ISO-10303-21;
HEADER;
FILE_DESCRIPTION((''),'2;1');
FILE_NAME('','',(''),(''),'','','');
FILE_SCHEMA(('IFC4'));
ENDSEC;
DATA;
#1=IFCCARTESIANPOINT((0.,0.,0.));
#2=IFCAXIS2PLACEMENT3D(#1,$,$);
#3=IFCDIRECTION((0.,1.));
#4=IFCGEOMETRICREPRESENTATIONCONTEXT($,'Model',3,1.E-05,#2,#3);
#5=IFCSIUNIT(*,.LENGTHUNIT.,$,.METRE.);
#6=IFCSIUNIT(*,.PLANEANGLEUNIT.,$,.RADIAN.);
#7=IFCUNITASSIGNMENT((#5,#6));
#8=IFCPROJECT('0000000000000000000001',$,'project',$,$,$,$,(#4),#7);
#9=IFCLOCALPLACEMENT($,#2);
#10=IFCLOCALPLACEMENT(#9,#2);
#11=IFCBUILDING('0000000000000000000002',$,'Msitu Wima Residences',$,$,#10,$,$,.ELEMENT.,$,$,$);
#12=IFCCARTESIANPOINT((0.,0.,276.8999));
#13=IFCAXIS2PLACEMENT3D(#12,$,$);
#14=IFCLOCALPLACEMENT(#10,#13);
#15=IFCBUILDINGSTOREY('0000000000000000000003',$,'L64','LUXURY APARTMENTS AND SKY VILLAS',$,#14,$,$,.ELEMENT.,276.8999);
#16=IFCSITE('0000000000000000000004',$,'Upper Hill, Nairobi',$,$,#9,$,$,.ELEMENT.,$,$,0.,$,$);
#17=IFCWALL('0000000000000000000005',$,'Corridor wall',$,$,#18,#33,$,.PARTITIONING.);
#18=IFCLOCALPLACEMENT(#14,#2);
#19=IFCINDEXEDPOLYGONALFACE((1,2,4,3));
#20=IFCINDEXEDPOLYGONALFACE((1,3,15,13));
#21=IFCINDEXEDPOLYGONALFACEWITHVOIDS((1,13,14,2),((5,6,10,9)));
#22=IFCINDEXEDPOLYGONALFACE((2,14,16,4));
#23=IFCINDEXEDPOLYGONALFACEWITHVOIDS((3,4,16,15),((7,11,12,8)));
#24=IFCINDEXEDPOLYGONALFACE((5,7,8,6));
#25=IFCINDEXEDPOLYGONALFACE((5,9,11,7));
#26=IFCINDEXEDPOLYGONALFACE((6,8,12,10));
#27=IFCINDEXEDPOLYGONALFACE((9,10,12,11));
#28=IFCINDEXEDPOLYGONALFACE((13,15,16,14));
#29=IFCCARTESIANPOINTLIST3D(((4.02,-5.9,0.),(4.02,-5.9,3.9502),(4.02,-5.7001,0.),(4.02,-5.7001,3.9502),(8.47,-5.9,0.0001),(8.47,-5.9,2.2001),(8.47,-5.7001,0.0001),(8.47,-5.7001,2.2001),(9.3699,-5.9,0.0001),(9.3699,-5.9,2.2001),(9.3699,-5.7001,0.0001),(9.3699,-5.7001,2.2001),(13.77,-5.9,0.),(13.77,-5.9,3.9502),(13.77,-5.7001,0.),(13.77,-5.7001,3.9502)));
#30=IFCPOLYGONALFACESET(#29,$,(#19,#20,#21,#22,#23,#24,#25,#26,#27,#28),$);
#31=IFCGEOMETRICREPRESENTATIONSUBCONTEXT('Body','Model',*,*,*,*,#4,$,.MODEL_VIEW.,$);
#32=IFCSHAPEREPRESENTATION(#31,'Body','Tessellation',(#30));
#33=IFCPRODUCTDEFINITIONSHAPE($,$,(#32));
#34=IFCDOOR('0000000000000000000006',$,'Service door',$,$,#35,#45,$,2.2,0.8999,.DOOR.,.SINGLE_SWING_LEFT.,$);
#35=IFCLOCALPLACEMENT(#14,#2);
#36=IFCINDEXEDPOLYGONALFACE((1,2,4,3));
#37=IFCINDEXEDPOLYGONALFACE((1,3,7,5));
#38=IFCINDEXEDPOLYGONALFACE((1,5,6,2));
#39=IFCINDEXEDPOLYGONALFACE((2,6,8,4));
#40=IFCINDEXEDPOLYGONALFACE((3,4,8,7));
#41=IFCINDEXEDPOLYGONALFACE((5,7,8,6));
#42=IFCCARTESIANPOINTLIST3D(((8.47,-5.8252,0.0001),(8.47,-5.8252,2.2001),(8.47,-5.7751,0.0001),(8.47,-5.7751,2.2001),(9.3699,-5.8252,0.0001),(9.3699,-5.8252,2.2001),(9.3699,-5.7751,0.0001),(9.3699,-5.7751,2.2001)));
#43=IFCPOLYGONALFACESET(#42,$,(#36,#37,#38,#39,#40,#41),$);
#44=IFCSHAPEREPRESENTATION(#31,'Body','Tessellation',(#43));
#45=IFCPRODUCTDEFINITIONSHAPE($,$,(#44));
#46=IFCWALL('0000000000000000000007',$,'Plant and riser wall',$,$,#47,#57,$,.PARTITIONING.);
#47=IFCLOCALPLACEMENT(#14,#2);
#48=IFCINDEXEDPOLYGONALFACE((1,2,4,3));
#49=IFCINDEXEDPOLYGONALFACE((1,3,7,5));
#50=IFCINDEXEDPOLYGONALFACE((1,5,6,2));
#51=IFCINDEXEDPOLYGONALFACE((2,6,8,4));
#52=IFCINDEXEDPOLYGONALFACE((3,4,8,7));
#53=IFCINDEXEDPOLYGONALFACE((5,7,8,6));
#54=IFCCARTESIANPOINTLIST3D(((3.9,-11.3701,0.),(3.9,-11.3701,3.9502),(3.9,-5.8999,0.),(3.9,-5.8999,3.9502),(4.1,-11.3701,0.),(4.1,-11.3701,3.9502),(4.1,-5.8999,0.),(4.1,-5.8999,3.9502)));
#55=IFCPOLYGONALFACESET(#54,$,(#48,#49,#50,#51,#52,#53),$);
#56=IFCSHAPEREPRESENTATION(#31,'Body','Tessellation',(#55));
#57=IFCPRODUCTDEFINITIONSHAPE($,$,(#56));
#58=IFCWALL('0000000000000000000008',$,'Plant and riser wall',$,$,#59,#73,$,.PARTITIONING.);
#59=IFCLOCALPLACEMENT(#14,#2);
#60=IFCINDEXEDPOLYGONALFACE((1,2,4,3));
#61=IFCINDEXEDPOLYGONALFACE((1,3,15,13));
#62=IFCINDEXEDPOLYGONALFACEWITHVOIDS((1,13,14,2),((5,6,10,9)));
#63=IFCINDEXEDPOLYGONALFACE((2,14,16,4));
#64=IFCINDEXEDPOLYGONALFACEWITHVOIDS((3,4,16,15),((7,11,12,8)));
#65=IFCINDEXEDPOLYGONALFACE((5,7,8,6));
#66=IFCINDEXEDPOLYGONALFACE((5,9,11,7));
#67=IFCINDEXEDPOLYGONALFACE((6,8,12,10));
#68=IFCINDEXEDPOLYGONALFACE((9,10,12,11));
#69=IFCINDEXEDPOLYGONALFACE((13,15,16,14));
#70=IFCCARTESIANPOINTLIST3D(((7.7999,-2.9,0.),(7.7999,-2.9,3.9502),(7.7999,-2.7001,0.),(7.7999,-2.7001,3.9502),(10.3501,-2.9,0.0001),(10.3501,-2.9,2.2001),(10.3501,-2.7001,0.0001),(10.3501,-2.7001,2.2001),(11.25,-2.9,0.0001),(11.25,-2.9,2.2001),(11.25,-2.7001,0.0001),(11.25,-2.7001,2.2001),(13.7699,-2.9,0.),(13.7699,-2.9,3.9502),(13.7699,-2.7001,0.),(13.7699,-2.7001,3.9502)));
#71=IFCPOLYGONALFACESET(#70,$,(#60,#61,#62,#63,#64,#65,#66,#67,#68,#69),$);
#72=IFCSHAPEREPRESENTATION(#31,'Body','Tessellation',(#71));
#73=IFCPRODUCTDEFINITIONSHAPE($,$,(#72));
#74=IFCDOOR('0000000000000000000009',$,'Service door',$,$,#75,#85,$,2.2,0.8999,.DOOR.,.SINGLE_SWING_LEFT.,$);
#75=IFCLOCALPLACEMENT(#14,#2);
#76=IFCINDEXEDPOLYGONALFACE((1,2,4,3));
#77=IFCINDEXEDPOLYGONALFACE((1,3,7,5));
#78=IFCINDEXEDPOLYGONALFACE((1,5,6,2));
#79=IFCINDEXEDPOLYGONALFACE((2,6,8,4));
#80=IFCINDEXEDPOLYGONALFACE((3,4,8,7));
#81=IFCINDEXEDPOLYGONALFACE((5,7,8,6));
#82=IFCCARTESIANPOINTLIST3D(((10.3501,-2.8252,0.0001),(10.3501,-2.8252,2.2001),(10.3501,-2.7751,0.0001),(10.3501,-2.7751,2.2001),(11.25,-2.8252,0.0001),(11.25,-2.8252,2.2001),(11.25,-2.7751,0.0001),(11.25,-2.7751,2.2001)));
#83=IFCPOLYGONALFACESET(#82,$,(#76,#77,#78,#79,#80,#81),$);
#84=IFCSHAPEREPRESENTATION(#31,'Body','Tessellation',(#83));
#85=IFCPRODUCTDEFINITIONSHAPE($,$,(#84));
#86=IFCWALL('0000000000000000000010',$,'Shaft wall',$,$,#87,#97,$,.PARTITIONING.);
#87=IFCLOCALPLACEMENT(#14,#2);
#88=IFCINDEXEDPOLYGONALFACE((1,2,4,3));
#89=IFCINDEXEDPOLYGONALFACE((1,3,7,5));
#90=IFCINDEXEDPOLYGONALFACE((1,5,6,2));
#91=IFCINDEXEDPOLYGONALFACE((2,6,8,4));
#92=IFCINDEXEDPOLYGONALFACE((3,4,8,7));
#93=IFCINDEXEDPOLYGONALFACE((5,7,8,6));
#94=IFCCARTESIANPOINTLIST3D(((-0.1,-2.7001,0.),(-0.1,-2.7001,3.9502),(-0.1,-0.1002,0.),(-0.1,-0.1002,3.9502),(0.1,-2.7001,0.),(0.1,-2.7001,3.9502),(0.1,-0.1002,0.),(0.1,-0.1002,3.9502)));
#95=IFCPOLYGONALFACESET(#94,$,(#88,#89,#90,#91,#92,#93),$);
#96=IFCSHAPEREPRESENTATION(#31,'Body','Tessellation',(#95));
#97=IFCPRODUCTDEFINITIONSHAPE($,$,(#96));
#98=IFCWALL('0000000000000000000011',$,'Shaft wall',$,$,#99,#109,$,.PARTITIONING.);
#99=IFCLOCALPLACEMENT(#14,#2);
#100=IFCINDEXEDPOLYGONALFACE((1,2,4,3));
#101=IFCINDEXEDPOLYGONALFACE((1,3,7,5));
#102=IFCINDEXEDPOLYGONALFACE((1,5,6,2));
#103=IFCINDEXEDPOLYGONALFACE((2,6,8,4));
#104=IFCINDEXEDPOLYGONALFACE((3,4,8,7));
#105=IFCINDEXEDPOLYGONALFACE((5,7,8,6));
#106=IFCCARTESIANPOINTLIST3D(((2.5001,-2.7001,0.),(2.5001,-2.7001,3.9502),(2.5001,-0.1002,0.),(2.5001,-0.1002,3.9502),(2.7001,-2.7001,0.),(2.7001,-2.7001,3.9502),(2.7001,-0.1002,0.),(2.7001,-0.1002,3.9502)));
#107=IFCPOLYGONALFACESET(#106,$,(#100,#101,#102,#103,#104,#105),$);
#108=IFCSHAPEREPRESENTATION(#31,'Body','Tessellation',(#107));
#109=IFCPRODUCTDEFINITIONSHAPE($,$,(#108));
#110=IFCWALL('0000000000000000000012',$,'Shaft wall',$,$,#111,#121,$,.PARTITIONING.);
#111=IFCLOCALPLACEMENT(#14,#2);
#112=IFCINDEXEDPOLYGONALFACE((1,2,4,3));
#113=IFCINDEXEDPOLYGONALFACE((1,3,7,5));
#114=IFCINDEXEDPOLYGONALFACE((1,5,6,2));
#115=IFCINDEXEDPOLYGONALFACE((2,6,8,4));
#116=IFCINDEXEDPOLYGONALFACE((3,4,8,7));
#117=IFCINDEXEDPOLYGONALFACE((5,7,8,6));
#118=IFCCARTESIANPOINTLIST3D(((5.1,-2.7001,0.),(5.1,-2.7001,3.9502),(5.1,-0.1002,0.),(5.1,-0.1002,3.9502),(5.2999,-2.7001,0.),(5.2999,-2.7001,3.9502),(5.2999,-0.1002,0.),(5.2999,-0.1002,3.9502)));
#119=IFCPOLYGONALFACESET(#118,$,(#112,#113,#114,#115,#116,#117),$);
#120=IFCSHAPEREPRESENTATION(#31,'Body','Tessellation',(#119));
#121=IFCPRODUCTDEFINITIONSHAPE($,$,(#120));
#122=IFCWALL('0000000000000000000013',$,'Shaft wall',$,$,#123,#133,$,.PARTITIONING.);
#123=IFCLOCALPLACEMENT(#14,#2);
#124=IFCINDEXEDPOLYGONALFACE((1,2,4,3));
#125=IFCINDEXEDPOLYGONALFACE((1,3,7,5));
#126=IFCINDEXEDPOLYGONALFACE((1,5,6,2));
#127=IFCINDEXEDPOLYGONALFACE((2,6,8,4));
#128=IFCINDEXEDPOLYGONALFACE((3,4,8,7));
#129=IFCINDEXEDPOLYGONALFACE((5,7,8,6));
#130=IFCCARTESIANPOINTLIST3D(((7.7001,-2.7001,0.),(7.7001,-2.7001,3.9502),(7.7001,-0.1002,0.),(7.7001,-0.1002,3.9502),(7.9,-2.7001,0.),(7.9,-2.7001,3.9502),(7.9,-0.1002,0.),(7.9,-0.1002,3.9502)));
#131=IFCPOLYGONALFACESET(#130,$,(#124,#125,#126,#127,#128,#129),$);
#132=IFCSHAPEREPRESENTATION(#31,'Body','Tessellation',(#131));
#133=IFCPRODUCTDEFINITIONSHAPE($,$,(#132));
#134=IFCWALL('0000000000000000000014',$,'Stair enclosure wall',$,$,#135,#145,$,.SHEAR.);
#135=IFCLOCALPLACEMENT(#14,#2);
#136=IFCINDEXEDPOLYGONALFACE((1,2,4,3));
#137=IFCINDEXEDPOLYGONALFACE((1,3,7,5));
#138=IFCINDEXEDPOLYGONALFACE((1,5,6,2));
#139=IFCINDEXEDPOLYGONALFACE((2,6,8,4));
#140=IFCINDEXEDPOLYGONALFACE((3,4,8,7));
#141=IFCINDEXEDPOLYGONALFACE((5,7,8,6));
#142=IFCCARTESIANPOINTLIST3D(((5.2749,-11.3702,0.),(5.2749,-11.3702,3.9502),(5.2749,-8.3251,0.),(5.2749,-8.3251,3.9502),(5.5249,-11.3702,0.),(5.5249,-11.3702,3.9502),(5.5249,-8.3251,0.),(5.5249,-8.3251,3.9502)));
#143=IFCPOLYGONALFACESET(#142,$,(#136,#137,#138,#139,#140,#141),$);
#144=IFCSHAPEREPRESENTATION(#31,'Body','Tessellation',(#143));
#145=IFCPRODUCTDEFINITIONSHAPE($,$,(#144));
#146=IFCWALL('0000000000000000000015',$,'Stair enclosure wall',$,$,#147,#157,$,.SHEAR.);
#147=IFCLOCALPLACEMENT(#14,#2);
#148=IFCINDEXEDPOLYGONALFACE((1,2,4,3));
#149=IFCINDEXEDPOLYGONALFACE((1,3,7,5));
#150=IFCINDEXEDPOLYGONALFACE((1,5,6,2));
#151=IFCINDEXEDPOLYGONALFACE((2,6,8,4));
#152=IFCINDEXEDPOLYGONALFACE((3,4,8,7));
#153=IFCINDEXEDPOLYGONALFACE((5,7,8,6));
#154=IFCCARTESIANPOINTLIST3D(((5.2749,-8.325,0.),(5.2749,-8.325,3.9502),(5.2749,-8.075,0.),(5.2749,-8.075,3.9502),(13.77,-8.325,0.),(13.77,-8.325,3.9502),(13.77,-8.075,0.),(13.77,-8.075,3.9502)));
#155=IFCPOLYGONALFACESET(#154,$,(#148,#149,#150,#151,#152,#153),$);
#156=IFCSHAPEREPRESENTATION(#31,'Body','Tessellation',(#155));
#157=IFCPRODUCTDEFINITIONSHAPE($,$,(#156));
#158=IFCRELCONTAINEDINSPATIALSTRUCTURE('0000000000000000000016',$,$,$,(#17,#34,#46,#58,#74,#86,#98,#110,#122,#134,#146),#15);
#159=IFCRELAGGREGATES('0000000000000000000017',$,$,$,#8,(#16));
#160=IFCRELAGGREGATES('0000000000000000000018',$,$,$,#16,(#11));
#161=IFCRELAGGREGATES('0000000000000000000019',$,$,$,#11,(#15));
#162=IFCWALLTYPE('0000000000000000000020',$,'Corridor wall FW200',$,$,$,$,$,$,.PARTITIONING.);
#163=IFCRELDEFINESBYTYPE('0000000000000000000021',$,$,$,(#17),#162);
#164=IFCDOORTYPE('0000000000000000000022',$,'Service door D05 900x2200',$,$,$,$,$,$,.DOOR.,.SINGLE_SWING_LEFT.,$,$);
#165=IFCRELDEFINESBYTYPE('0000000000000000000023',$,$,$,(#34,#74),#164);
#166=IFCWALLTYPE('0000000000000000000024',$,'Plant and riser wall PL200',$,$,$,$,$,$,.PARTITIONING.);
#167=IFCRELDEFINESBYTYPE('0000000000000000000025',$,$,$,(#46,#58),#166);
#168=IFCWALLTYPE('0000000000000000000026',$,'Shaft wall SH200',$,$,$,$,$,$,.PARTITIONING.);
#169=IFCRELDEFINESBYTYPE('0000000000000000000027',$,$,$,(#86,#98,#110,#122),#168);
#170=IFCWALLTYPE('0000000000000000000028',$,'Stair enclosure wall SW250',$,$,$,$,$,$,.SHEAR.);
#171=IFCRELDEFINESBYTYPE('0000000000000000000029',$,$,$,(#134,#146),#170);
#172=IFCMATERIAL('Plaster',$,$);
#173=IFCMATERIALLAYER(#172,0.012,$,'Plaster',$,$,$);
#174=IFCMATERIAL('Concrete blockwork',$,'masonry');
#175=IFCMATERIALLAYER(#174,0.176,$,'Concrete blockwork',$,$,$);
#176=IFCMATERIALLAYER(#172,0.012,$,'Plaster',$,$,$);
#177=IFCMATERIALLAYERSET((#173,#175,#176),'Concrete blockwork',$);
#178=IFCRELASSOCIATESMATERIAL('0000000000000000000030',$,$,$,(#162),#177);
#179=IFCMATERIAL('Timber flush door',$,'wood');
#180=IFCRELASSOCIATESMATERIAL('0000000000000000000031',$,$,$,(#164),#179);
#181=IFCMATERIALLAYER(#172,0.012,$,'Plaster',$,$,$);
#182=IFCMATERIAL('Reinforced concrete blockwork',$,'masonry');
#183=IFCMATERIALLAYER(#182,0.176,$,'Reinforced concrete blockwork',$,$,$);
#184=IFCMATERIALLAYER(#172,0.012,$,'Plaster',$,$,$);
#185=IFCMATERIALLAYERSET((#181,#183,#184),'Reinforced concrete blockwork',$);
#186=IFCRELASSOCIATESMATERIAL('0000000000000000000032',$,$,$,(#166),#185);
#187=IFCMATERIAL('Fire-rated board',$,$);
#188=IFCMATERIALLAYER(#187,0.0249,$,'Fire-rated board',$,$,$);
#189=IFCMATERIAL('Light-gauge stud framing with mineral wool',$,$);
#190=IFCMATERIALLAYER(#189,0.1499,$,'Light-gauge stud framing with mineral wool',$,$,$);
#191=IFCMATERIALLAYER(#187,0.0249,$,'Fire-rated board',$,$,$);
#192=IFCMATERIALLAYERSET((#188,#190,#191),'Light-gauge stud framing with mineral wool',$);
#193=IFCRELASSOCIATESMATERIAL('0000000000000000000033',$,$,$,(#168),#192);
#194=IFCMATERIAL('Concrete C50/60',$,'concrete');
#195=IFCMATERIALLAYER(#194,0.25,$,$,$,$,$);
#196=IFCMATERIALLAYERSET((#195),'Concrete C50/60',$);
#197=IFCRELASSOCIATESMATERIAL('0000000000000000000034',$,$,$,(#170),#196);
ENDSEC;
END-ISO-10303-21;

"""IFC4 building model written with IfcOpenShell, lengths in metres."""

from ifc_helpers import new_model, si_unit, direction, frame, frame_2d, origin, place, context, subcontext, project, spatial, rectangle, extrude, material, layer, layer_set, type_object, element, fill, save


model = new_model("IFC4")

# Units and contexts
model_context = context("Model", 3, precision=1e-05, world=origin(), true_north=direction((0.0, 1.0)))
body_context = subcontext(model_context, "Body", "Model", "MODEL_VIEW")
ifc_project = project(units=[si_unit("LENGTHUNIT", "METRE"), si_unit("PLANEANGLEUNIT", "RADIAN")], contexts=[model_context])

# Site, building, storey
site_placement = place(None, origin())
site = spatial("IfcSite", under=ifc_project, at=site_placement, Name="Upper Hill, Nairobi", CompositionType="ELEMENT", RefElevation=0.0)
building_placement = place(site_placement, origin())
building = spatial("IfcBuilding", under=site, at=building_placement, Name="Msitu Wima Residences", CompositionType="ELEMENT")
storey_placement = place(building_placement, frame((0.0, 0.0, 276.8999)))
storey = spatial("IfcBuildingStorey", under=building, at=storey_placement, Name="L64", Description="LUXURY APARTMENTS AND SKY VILLAS", CompositionType="ELEMENT", Elevation=276.8999)

# Wall, opening, door
ifc_material_1 = material(Name="Plaster")
ifc_layer_1 = layer(ifc_material_1, 0.012, Name="Plaster")
ifc_material_2 = material(Name="Concrete blockwork", Category="masonry")
ifc_layer_2 = layer(ifc_material_2, 0.176, Name="Concrete blockwork")
ifc_layer_3 = layer(ifc_material_1, 0.012, Name="Plaster")
ifc_layer_set_1 = layer_set([ifc_layer_1, ifc_layer_2, ifc_layer_3], Name="Concrete blockwork")
wall_type_1 = type_object("IfcWallType", Name="Corridor wall FW200", PredefinedType="PARTITIONING", material=ifc_layer_set_1)
wall_1_placement = place(storey_placement, frame((4.02, -5.8, 0.0), z_axis=(0.0, 0.0, 1.0), x_axis=(1.0, 0.0, 0.0)))
wall_1 = element("IfcWall", 1, at=wall_1_placement, inside=storey, type_object=wall_type_1, Name="Corridor wall", PredefinedType="PARTITIONING", context=body_context, shape_type="SweptSolid", body=[
    extrude(rectangle(XDim=9.75, YDim=0.2, at=frame_2d((4.875, 0.0))), origin(), (0.0, 0.0, 1.0), 3.9502),
])
opening_1_placement = place(wall_1_placement, frame((4.45, 0.0, 0.0)))
opening_1 = element("IfcOpeningElement", 2, at=opening_1_placement, cuts=wall_1, PredefinedType="OPENING", context=body_context, shape_type="SweptSolid", body=[
    extrude(rectangle(XDim=0.8999, YDim=2.2, at=frame_2d((0.45, 1.1001))), frame((0.0, 0.1099, 0.0), z_axis=(0.0, -1.0, 0.0), x_axis=(1.0, 0.0, 0.0)), (0.0, 0.0, 1.0), 0.22),
])
ifc_material_3 = material(Name="Timber flush door", Category="wood")
door_type = type_object("IfcDoorType", Name="Service door D05 900x2200", OperationType="SINGLE_SWING_LEFT", PredefinedType="DOOR", material=ifc_material_3)
door_1_placement = place(opening_1_placement, origin())
door_1 = element("IfcDoor", 3, at=door_1_placement, inside=storey, type_object=door_type, Name="Service door", OperationType="SINGLE_SWING_LEFT", OverallHeight=2.2, OverallWidth=0.8999, PredefinedType="DOOR", context=body_context, shape_type="SweptSolid", body=[
    extrude(rectangle(XDim=0.8999, YDim=2.2, at=frame_2d((0.45, 1.1001))), frame((0.0, 0.0249, 0.0), z_axis=(0.0, -1.0, 0.0), x_axis=(1.0, 0.0, 0.0)), (0.0, 0.0, 1.0), 0.05),
])
fill(opening_1, door_1)

# Wall
ifc_layer_4 = layer(ifc_material_1, 0.012, Name="Plaster")
ifc_material_4 = material(Name="Reinforced concrete blockwork", Category="masonry")
ifc_layer_5 = layer(ifc_material_4, 0.176, Name="Reinforced concrete blockwork")
ifc_layer_6 = layer(ifc_material_1, 0.012, Name="Plaster")
ifc_layer_set_2 = layer_set([ifc_layer_4, ifc_layer_5, ifc_layer_6], Name="Reinforced concrete blockwork")
wall_type_2 = type_object("IfcWallType", Name="Plant and riser wall PL200", PredefinedType="PARTITIONING", material=ifc_layer_set_2)
wall_2_placement = place(storey_placement, frame((4.0, -11.3701, 0.0), z_axis=(0.0, 0.0, 1.0), x_axis=(0.0, 1.0, 0.0)))
element("IfcWall", 4, at=wall_2_placement, inside=storey, type_object=wall_type_2, Name="Plant and riser wall", PredefinedType="PARTITIONING", context=body_context, shape_type="SweptSolid", body=[
    extrude(rectangle(XDim=5.4702, YDim=0.2, at=frame_2d((2.7351, 0.0))), origin(), (0.0, 0.0, 1.0), 3.9502),
])

# Wall, opening, door
wall_3_placement = place(storey_placement, frame((7.8, -2.8, 0.0), z_axis=(0.0, 0.0, 1.0), x_axis=(1.0, 0.0, 0.0)))
wall_3 = element("IfcWall", 5, at=wall_3_placement, inside=storey, type_object=wall_type_2, Name="Plant and riser wall", PredefinedType="PARTITIONING", context=body_context, shape_type="SweptSolid", body=[
    extrude(rectangle(XDim=5.97, YDim=0.2, at=frame_2d((2.9849, 0.0))), origin(), (0.0, 0.0, 1.0), 3.9502),
])
opening_2_placement = place(wall_3_placement, frame((2.55, 0.0, 0.0)))
opening_2 = element("IfcOpeningElement", 6, at=opening_2_placement, cuts=wall_3, PredefinedType="OPENING", context=body_context, shape_type="SweptSolid", body=[
    extrude(rectangle(XDim=0.8999, YDim=2.2, at=frame_2d((0.45, 1.1001))), frame((0.0, 0.1099, 0.0), z_axis=(0.0, -1.0, 0.0), x_axis=(1.0, 0.0, 0.0)), (0.0, 0.0, 1.0), 0.22),
])
door_2_placement = place(opening_2_placement, origin())
door_2 = element("IfcDoor", 7, at=door_2_placement, inside=storey, type_object=door_type, Name="Service door", OperationType="SINGLE_SWING_LEFT", OverallHeight=2.2, OverallWidth=0.8999, PredefinedType="DOOR", context=body_context, shape_type="SweptSolid", body=[
    extrude(rectangle(XDim=0.8999, YDim=2.2, at=frame_2d((0.45, 1.1001))), frame((0.0, 0.0249, 0.0), z_axis=(0.0, -1.0, 0.0), x_axis=(1.0, 0.0, 0.0)), (0.0, 0.0, 1.0), 0.05),
])
fill(opening_2, door_2)

# Walls
ifc_material_5 = material(Name="Fire-rated board")
ifc_layer_7 = layer(ifc_material_5, 0.0249, Name="Fire-rated board")
ifc_material_6 = material(Name="Light-gauge stud framing with mineral wool")
ifc_layer_8 = layer(ifc_material_6, 0.1499, Name="Light-gauge stud framing with mineral wool")
ifc_layer_9 = layer(ifc_material_5, 0.0249, Name="Fire-rated board")
ifc_layer_set_3 = layer_set([ifc_layer_7, ifc_layer_8, ifc_layer_9], Name="Light-gauge stud framing with mineral wool")
wall_type_3 = type_object("IfcWallType", Name="Shaft wall SH200", PredefinedType="PARTITIONING", material=ifc_layer_set_3)
for number, where, z_axis, x_axis, name in (
    (8, (0.0, -2.7, 0.0), (0.0, 0.0, 1.0), (0.0, 1.0, 0.0), "Shaft wall"),
    (9, (2.6001, -2.7, 0.0), (0.0, 0.0, 1.0), (0.0, 1.0, 0.0), "Shaft wall"),
    (10, (5.2, -2.7, 0.0), (0.0, 0.0, 1.0), (0.0, 1.0, 0.0), "Shaft wall"),
    (11, (7.8, -2.7, 0.0), (0.0, 0.0, 1.0), (0.0, 1.0, 0.0), "Shaft wall"),
):
    element("IfcWall", number, at=place(storey_placement, frame(where, z_axis=z_axis, x_axis=x_axis)), inside=storey, type_object=wall_type_3, Name=name, PredefinedType="PARTITIONING", context=body_context, shape_type="SweptSolid", body=[
        extrude(rectangle(XDim=2.5999, YDim=0.2, at=frame_2d((1.2998, 0.0))), origin(), (0.0, 0.0, 1.0), 3.9502),
    ])
ifc_material_7 = material(Name="Concrete C50/60", Category="concrete")
ifc_layer_10 = layer(ifc_material_7, 0.25)
ifc_layer_set_4 = layer_set([ifc_layer_10], Name="Concrete C50/60")
wall_type_4 = type_object("IfcWallType", Name="Stair enclosure wall SW250", PredefinedType="SHEAR", material=ifc_layer_set_4)
wall_4_placement = place(storey_placement, frame((5.3999, -11.3701, 0.0), z_axis=(0.0, 0.0, 1.0), x_axis=(0.0, 1.0, 0.0)))
element("IfcWall", 12, at=wall_4_placement, inside=storey, type_object=wall_type_4, Name="Stair enclosure wall", PredefinedType="SHEAR", context=body_context, shape_type="SweptSolid", body=[
    extrude(rectangle(XDim=3.0452, YDim=0.25, at=frame_2d((1.5225, 0.0))), origin(), (0.0, 0.0, 1.0), 3.9502),
])
wall_5_placement = place(storey_placement, frame((5.2749, -8.2, 0.0), z_axis=(0.0, 0.0, 1.0), x_axis=(1.0, 0.0, 0.0)))
element("IfcWall", 13, at=wall_5_placement, inside=storey, type_object=wall_type_4, Name="Stair enclosure wall", PredefinedType="SHEAR", context=body_context, shape_type="SweptSolid", body=[
    extrude(rectangle(XDim=8.4951, YDim=0.25, at=frame_2d((4.2476, 0.0))), origin(), (0.0, 0.0, 1.0), 3.9502),
])

save(model, "model.ifc")
